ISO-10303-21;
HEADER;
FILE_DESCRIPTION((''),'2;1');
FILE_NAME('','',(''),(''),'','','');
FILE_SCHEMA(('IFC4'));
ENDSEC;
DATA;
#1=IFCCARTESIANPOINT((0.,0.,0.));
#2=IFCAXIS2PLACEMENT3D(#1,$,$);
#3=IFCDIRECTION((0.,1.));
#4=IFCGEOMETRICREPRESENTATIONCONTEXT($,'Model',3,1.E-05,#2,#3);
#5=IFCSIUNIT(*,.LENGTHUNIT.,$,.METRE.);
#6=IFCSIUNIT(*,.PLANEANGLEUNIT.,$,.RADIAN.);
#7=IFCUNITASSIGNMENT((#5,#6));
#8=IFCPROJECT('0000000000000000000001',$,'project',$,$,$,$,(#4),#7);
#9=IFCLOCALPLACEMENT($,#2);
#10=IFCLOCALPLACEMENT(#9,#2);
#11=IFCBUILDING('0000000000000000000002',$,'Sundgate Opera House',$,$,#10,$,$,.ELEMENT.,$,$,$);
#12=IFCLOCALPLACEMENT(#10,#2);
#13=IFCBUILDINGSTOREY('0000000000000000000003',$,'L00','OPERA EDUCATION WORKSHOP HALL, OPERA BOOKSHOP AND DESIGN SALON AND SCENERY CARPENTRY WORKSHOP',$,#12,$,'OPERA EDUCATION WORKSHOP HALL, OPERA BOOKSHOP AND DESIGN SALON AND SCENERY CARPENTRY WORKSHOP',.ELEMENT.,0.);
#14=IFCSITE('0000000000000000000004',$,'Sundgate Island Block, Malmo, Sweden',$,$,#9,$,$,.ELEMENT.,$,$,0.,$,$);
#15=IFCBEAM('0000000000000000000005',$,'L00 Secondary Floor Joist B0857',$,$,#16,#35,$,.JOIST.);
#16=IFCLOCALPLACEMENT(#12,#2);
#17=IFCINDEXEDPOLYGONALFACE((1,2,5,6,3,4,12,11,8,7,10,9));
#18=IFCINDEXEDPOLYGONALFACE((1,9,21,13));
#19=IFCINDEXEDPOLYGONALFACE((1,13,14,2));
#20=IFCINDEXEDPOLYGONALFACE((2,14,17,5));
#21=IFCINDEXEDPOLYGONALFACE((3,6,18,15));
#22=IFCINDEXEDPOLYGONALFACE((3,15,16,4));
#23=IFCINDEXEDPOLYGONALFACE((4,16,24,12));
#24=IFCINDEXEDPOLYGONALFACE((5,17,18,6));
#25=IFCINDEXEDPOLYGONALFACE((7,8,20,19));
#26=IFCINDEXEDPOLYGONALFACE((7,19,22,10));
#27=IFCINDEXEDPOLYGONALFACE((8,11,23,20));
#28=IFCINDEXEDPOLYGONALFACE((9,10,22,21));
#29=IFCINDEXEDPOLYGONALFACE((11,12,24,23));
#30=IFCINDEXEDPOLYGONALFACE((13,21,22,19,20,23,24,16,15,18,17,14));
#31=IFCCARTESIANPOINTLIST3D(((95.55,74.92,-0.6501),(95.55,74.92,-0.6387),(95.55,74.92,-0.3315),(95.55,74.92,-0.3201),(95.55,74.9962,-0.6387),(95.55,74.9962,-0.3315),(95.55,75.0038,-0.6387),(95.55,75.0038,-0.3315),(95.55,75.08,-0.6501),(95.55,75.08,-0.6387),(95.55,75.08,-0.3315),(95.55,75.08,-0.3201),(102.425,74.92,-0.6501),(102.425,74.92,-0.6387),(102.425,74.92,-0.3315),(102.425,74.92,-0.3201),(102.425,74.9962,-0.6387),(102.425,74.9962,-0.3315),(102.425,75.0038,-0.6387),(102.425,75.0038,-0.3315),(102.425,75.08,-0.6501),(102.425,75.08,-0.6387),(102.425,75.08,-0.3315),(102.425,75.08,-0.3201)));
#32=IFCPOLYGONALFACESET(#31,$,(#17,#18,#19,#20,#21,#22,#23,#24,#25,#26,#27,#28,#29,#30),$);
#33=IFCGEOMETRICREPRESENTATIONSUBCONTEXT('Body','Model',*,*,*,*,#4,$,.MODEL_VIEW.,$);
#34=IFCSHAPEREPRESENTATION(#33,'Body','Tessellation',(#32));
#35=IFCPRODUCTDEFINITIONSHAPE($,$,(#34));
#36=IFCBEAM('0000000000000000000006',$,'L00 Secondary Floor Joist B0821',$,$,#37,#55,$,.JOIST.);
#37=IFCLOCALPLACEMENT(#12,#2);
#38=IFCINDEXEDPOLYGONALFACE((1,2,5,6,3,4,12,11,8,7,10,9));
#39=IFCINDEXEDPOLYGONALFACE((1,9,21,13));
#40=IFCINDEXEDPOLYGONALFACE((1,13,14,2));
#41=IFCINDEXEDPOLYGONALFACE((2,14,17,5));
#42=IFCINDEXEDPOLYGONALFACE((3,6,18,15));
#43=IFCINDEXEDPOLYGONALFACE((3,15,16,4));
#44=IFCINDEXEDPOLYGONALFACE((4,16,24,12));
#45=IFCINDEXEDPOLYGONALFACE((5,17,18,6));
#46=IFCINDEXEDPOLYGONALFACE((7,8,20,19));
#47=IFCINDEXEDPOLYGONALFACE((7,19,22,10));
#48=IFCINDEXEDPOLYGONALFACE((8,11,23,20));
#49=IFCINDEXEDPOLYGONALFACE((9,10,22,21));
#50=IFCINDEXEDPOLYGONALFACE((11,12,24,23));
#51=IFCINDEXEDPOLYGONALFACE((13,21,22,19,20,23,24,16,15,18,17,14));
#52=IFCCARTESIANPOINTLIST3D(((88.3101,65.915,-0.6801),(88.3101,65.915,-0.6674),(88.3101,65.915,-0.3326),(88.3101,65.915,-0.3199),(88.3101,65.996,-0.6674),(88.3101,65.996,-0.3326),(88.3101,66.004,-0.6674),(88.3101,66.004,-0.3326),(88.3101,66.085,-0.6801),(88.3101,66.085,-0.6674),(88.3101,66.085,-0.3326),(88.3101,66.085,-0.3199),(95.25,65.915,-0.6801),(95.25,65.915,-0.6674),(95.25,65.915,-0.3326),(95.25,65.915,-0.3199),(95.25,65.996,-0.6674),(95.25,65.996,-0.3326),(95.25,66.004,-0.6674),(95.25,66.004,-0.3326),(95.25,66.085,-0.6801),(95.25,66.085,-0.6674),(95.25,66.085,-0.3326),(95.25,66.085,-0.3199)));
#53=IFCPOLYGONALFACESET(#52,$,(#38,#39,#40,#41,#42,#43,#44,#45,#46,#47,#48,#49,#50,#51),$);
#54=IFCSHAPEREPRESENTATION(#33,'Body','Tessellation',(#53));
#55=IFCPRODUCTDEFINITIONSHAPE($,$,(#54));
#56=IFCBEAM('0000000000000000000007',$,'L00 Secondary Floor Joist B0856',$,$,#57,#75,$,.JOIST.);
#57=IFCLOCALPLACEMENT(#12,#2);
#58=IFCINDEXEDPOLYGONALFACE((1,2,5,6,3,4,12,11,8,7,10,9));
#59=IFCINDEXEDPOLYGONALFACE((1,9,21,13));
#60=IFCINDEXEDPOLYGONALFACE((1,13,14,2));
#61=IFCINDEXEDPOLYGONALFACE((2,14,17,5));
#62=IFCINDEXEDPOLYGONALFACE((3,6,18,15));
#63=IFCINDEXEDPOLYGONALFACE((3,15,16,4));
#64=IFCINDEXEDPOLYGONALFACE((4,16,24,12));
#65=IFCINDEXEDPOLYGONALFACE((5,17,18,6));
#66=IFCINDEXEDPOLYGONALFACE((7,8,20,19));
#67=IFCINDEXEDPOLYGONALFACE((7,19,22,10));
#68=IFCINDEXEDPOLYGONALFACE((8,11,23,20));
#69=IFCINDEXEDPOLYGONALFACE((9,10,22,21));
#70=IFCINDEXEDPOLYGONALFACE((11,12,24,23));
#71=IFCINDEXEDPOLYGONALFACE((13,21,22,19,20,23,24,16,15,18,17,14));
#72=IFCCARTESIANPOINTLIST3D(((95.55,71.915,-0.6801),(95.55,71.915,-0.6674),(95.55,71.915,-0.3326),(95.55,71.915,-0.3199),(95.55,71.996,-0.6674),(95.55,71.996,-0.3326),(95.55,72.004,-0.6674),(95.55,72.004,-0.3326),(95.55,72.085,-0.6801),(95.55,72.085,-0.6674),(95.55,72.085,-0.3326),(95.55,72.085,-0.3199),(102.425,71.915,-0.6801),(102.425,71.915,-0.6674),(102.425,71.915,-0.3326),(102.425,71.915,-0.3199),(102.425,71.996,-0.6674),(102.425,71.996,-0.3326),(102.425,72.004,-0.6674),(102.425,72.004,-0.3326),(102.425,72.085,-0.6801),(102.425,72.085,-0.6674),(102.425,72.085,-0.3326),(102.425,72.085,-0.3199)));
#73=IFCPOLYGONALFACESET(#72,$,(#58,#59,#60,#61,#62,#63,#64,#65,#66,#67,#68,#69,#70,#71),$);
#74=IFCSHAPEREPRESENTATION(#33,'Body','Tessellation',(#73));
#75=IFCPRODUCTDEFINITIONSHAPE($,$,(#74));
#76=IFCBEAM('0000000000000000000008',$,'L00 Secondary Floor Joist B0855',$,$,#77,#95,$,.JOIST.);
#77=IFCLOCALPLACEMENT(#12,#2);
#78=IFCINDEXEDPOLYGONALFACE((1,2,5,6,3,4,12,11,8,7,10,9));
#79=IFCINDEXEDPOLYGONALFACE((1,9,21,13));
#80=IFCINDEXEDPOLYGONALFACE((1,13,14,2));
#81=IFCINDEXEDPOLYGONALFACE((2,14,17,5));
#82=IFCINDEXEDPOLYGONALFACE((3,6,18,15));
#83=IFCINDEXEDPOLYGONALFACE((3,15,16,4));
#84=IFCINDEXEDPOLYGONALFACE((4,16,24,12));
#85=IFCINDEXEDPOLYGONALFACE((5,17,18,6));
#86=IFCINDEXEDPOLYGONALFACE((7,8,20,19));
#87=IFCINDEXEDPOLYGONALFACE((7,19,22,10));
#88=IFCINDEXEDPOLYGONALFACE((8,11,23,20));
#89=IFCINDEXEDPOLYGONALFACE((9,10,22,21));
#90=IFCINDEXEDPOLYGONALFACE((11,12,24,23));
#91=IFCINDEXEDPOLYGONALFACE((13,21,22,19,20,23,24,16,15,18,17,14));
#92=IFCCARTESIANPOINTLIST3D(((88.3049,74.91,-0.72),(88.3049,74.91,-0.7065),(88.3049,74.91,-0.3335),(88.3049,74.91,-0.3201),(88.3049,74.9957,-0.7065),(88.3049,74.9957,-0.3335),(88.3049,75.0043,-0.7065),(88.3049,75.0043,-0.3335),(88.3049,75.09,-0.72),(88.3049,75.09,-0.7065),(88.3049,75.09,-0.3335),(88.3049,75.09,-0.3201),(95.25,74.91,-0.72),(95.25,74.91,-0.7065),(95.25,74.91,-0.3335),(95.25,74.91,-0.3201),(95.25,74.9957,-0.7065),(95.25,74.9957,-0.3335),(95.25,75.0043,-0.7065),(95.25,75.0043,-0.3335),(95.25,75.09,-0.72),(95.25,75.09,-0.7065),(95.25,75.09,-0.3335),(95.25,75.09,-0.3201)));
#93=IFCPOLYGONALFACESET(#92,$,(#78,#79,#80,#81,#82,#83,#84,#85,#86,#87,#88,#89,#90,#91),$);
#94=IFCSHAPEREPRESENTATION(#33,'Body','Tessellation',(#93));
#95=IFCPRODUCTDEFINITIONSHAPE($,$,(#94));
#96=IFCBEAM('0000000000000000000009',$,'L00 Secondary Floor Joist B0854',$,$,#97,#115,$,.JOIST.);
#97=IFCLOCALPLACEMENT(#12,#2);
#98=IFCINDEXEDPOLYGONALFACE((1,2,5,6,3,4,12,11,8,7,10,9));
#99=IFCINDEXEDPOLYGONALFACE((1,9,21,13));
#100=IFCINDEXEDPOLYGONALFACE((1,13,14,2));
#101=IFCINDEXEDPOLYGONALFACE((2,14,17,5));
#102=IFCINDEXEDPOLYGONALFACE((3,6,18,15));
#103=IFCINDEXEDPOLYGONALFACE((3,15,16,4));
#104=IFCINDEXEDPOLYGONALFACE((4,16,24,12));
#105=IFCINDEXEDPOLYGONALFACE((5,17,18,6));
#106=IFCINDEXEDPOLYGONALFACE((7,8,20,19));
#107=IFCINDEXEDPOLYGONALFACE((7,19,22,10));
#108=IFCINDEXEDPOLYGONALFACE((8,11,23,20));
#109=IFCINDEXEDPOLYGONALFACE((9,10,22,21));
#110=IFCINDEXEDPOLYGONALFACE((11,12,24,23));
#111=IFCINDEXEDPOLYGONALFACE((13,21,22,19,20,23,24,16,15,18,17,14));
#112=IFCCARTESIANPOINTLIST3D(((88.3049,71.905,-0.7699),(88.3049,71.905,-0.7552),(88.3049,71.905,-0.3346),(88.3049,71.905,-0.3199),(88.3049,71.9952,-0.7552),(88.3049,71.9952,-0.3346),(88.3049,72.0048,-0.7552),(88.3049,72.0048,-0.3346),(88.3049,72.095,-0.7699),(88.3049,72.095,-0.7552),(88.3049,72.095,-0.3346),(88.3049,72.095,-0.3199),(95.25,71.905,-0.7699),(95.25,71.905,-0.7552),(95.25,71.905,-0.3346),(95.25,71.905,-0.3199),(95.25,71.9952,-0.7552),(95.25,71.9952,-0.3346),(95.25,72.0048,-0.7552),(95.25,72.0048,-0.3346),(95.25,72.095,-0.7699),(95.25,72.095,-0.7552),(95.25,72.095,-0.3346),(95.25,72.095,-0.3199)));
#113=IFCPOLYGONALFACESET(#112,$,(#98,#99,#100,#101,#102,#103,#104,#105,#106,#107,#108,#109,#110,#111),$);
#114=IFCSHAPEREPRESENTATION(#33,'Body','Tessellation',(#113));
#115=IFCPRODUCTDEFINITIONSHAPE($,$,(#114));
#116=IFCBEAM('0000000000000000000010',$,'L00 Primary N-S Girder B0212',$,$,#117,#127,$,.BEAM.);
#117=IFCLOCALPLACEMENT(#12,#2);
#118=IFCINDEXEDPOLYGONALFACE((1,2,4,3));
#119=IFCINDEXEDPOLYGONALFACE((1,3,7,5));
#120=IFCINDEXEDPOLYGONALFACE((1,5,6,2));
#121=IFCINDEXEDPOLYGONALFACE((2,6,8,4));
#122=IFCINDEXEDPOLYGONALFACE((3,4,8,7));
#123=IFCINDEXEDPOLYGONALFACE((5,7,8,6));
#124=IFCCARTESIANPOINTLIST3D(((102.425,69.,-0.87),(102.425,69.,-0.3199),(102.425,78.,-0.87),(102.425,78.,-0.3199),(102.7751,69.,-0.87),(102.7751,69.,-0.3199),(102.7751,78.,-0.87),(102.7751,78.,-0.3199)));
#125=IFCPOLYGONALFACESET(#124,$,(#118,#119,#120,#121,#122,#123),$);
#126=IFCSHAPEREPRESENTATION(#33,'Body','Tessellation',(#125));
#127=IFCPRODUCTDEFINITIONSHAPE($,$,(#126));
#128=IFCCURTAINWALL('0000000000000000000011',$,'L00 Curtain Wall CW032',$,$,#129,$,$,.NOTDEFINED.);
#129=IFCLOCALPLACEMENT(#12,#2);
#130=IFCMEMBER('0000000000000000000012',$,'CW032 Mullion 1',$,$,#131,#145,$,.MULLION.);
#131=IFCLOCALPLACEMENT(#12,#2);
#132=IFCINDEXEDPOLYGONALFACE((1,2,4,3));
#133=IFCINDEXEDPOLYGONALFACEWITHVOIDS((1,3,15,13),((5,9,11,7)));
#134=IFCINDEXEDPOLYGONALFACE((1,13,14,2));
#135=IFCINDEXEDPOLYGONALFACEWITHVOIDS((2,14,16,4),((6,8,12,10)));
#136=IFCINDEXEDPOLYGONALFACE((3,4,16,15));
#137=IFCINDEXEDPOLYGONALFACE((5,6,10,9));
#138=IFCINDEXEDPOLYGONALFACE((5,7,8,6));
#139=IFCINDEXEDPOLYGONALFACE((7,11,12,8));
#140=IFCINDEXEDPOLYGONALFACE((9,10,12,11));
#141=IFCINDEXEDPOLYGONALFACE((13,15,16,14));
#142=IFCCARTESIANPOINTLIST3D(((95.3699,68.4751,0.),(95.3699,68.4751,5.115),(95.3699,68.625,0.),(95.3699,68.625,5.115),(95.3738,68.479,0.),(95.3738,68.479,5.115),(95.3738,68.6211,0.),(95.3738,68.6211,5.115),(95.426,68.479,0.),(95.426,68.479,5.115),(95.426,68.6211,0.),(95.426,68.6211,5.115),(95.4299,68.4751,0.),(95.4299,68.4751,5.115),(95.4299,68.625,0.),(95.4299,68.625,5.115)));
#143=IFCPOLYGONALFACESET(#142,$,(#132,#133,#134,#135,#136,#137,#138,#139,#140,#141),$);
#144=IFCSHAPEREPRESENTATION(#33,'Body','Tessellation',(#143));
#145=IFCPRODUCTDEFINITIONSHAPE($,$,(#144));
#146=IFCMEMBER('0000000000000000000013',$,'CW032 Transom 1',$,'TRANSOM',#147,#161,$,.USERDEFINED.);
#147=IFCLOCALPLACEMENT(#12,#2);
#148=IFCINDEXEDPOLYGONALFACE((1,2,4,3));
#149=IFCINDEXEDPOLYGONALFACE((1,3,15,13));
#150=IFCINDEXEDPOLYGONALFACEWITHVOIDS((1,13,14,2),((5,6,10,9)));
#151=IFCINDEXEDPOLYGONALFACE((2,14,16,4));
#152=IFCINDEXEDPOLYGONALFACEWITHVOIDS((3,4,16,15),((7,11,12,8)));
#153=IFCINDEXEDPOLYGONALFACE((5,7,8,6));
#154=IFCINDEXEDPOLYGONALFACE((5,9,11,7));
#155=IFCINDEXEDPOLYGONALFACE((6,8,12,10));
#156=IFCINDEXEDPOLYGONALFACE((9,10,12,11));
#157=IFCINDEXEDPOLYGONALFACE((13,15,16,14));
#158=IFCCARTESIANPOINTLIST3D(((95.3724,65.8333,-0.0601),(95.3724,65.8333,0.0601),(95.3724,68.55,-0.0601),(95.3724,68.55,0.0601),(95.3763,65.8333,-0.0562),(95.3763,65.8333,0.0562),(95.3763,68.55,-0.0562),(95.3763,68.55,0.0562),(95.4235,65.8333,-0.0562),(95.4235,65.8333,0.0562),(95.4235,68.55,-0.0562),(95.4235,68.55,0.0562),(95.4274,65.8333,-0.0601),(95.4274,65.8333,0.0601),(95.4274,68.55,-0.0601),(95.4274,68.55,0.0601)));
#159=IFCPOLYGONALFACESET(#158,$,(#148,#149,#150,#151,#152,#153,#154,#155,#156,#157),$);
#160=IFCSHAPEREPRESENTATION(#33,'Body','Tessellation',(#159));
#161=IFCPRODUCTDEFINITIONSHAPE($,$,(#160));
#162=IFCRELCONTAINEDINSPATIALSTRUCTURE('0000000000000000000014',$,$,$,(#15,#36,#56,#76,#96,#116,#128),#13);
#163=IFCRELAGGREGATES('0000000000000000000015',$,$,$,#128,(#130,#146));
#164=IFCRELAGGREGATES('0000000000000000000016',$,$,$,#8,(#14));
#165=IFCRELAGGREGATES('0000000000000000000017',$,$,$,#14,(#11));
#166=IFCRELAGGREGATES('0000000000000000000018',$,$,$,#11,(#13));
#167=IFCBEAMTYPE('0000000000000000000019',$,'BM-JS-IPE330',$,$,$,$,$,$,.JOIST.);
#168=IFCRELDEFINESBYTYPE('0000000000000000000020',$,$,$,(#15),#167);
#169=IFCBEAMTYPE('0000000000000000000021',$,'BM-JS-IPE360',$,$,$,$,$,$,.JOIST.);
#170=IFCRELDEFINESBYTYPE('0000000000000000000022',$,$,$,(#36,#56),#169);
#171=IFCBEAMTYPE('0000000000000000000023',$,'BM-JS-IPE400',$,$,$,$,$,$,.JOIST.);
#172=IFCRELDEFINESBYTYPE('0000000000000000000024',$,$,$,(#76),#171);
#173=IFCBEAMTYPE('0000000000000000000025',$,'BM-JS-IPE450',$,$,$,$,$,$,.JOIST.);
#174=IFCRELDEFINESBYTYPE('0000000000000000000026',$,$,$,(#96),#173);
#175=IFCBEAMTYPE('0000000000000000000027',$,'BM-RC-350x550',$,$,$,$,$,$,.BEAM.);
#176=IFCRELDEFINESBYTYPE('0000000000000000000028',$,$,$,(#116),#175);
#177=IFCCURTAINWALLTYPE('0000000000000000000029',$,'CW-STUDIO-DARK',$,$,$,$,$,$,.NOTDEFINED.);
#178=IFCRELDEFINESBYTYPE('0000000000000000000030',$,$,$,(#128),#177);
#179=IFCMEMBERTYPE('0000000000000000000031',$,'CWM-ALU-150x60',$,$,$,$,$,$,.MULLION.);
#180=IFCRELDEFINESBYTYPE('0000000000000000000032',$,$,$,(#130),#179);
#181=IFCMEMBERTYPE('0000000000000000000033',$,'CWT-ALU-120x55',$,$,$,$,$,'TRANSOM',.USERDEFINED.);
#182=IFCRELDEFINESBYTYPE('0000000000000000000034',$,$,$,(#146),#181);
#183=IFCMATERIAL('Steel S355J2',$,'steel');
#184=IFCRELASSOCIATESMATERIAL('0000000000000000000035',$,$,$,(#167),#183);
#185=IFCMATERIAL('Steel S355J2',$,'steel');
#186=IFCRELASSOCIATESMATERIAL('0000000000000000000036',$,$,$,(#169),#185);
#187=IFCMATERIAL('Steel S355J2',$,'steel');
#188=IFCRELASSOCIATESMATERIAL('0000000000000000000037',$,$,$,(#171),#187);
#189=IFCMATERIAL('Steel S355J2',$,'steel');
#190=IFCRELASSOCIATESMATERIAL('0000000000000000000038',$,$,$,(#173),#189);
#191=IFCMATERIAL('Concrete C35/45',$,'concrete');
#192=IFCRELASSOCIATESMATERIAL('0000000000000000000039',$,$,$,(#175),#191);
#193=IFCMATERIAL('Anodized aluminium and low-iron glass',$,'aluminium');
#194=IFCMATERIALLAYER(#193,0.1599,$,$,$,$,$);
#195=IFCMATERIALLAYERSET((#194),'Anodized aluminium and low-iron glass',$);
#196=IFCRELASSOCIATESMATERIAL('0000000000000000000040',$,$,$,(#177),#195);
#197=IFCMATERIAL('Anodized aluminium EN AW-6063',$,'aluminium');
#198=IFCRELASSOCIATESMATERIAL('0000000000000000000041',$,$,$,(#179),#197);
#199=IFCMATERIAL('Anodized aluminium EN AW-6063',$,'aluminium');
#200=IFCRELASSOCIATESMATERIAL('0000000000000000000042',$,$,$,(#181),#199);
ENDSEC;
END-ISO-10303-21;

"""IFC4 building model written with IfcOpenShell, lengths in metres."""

from ifc_helpers import new_model, si_unit, direction, frame, origin, origin_2d, place, context, subcontext, project, spatial, rectangle, hollow_rectangle, i_section, extrude, material, layer, layer_set, material_profile, profile_set, type_object, element, aggregate, save


model = new_model("IFC4")

# Units and contexts
model_context = context("Model", 3, precision=1e-05, world=origin(), true_north=direction((0.0, 1.0)))
body_context = subcontext(model_context, "Body", "Model", "MODEL_VIEW")
ifc_project = project(units=[si_unit("LENGTHUNIT", "METRE"), si_unit("PLANEANGLEUNIT", "RADIAN")], contexts=[model_context])

# Site, building, storey
site_placement = place(None, origin())
site = spatial("IfcSite", under=ifc_project, at=site_placement, Name="Sundgate Island Block, Malmo, Sweden", CompositionType="ELEMENT", RefElevation=0.0)
building_placement = place(site_placement, origin())
building = spatial("IfcBuilding", under=site, at=building_placement, Name="Sundgate Opera House", CompositionType="ELEMENT")
storey_placement = place(building_placement, origin())
storey = spatial("IfcBuildingStorey", under=building, at=storey_placement, Name="L00", Description="OPERA EDUCATION WORKSHOP HALL, OPERA BOOKSHOP AND DESIGN SALON AND SCENERY CARPENTRY WORKSHOP", LongName="OPERA EDUCATION WORKSHOP HALL, OPERA BOOKSHOP AND DESIGN SALON AND SCENERY CARPENTRY WORKSHOP", CompositionType="ELEMENT", Elevation=0.0)

# Beams
ifc_material_1 = material(Name="Steel S355J2", Category="steel")
ifc_material_profile_1 = material_profile(ifc_material_1, i_section(OverallWidth=0.1599, OverallDepth=0.3301, WebThickness=0.0076, FlangeThickness=0.0115, at=origin_2d()), Name="IPE 330")
ifc_profile_set_1 = profile_set([ifc_material_profile_1], Name="Steel S355J2")
beam_type_1 = type_object("IfcBeamType", Name="BM-JS-IPE330", PredefinedType="JOIST", material=ifc_profile_set_1)
beam_1_placement = place(storey_placement, frame((95.55, 75.0, -0.4851), z_axis=(1.0, 0.0, 0.0), x_axis=(0.0, 1.0, 0.0)))
element("IfcBeam", 1, at=beam_1_placement, inside=storey, type_object=beam_type_1, Name="L00 Secondary Floor Joist B0857", PredefinedType="JOIST", context=body_context, shape_type="SweptSolid", body=[
    extrude(i_section(OverallWidth=0.1599, OverallDepth=0.3301, WebThickness=0.0076, FlangeThickness=0.0115, at=origin_2d()), origin(), (0.0, 0.0, 1.0), 6.875),
])
ifc_material_2 = material(Name="Steel S355J2", Category="steel")
ifc_material_profile_2 = material_profile(ifc_material_2, i_section(OverallWidth=0.1699, OverallDepth=0.3601, WebThickness=0.0081, FlangeThickness=0.0127, at=origin_2d()), Name="IPE 360")
ifc_profile_set_2 = profile_set([ifc_material_profile_2], Name="Steel S355J2")
beam_type_2 = type_object("IfcBeamType", Name="BM-JS-IPE360", PredefinedType="JOIST", material=ifc_profile_set_2)
beam_2_placement = place(storey_placement, frame((88.3101, 66.0, -0.5), z_axis=(1.0, 0.0, 0.0), x_axis=(0.0, 1.0, 0.0)))
element("IfcBeam", 2, at=beam_2_placement, inside=storey, type_object=beam_type_2, Name="L00 Secondary Floor Joist B0821", PredefinedType="JOIST", context=body_context, shape_type="SweptSolid", body=[
    extrude(i_section(OverallWidth=0.1699, OverallDepth=0.3601, WebThickness=0.0081, FlangeThickness=0.0127, at=origin_2d()), origin(), (0.0, 0.0, 1.0), 6.9399),
])
beam_3_placement = place(storey_placement, frame((95.55, 72.0, -0.5), z_axis=(1.0, 0.0, 0.0), x_axis=(0.0, 1.0, 0.0)))
element("IfcBeam", 3, at=beam_3_placement, inside=storey, type_object=beam_type_2, Name="L00 Secondary Floor Joist B0856", PredefinedType="JOIST", context=body_context, shape_type="SweptSolid", body=[
    extrude(i_section(OverallWidth=0.1699, OverallDepth=0.3601, WebThickness=0.0081, FlangeThickness=0.0127, at=origin_2d()), origin(), (0.0, 0.0, 1.0), 6.875),
])
ifc_material_3 = material(Name="Steel S355J2", Category="steel")
ifc_material_profile_3 = material_profile(ifc_material_3, i_section(OverallWidth=0.1799, OverallDepth=0.3999, WebThickness=0.0085, FlangeThickness=0.0134, at=origin_2d()), Name="IPE 400")
ifc_profile_set_3 = profile_set([ifc_material_profile_3], Name="Steel S355J2")
beam_type_3 = type_object("IfcBeamType", Name="BM-JS-IPE400", PredefinedType="JOIST", material=ifc_profile_set_3)
beam_4_placement = place(storey_placement, frame((88.3049, 75.0, -0.52), z_axis=(1.0, 0.0, 0.0), x_axis=(0.0, 1.0, 0.0)))
element("IfcBeam", 4, at=beam_4_placement, inside=storey, type_object=beam_type_3, Name="L00 Secondary Floor Joist B0855", PredefinedType="JOIST", context=body_context, shape_type="SweptSolid", body=[
    extrude(i_section(OverallWidth=0.1799, OverallDepth=0.3999, WebThickness=0.0085, FlangeThickness=0.0134, at=origin_2d()), origin(), (0.0, 0.0, 1.0), 6.9451),
])
ifc_material_4 = material(Name="Steel S355J2", Category="steel")
ifc_material_profile_4 = material_profile(ifc_material_4, i_section(OverallWidth=0.1899, OverallDepth=0.45, WebThickness=0.0095, FlangeThickness=0.0146, at=origin_2d()), Name="IPE 450")
ifc_profile_set_4 = profile_set([ifc_material_profile_4], Name="Steel S355J2")
beam_type_4 = type_object("IfcBeamType", Name="BM-JS-IPE450", PredefinedType="JOIST", material=ifc_profile_set_4)
beam_5_placement = place(storey_placement, frame((88.3049, 72.0, -0.5449), z_axis=(1.0, 0.0, 0.0), x_axis=(0.0, 1.0, 0.0)))
element("IfcBeam", 5, at=beam_5_placement, inside=storey, type_object=beam_type_4, Name="L00 Secondary Floor Joist B0854", PredefinedType="JOIST", context=body_context, shape_type="SweptSolid", body=[
    extrude(i_section(OverallWidth=0.1899, OverallDepth=0.45, WebThickness=0.0095, FlangeThickness=0.0146, at=origin_2d()), origin(), (0.0, 0.0, 1.0), 6.9451),
])
ifc_material_5 = material(Name="Concrete C35/45", Category="concrete")
ifc_material_profile_5 = material_profile(ifc_material_5, rectangle(XDim=0.3501, YDim=0.55, at=origin_2d()), Name="RC 350x550")
ifc_profile_set_5 = profile_set([ifc_material_profile_5], Name="Concrete C35/45")
beam_type_5 = type_object("IfcBeamType", Name="BM-RC-350x550", PredefinedType="BEAM", material=ifc_profile_set_5)
beam_6_placement = place(storey_placement, frame((102.6001, 69.0, -0.595), z_axis=(0.0, 1.0, 0.0), x_axis=(-1.0, 0.0, 0.0)))
element("IfcBeam", 6, at=beam_6_placement, inside=storey, type_object=beam_type_5, Name="L00 Primary N-S Girder B0212", PredefinedType="BEAM", context=body_context, shape_type="SweptSolid", body=[
    extrude(rectangle(XDim=0.3501, YDim=0.55, at=origin_2d()), origin(), (0.0, 0.0, 1.0), 9.0),
])

# Curtain wall, members
ifc_material_6 = material(Name="Anodized aluminium and low-iron glass", Category="aluminium")
ifc_layer_1 = layer(ifc_material_6, 0.1599)
ifc_layer_set_1 = layer_set([ifc_layer_1], Name="Anodized aluminium and low-iron glass")
curtain_wall_type = type_object("IfcCurtainWallType", Name="CW-STUDIO-DARK", PredefinedType="NOTDEFINED", material=ifc_layer_set_1)
curtain_wall_placement = place(storey_placement, origin())
curtain_wall = element("IfcCurtainWall", 7, at=curtain_wall_placement, inside=storey, type_object=curtain_wall_type, Name="L00 Curtain Wall CW032", PredefinedType="NOTDEFINED")
ifc_material_7 = material(Name="Anodized aluminium EN AW-6063", Category="aluminium")
ifc_material_profile_6 = material_profile(ifc_material_7, hollow_rectangle(XDim=0.0601, YDim=0.1499, WallThickness=0.0039, at=origin_2d()), Name="CWM 150x60x4")
ifc_profile_set_6 = profile_set([ifc_material_profile_6], Name="Anodized aluminium EN AW-6063")
member_type_1 = type_object("IfcMemberType", Name="CWM-ALU-150x60", PredefinedType="MULLION", material=ifc_profile_set_6)
member_1_placement = place(storey_placement, frame((95.3999, 68.55, 0.0), z_axis=(0.0, 0.0, 1.0), x_axis=(1.0, 0.0, 0.0)))
member_1 = element("IfcMember", 8, at=member_1_placement, type_object=member_type_1, Name="CW032 Mullion 1", PredefinedType="MULLION", context=body_context, shape_type="SweptSolid", body=[
    extrude(hollow_rectangle(XDim=0.0601, YDim=0.1499, WallThickness=0.0039, at=origin_2d()), origin(), (0.0, 0.0, 1.0), 5.115),
])
ifc_material_8 = material(Name="Anodized aluminium EN AW-6063", Category="aluminium")
ifc_material_profile_7 = material_profile(ifc_material_8, hollow_rectangle(XDim=0.0549, YDim=0.1201, WallThickness=0.0039, at=origin_2d()), Name="CWT 120x55x4")
ifc_profile_set_7 = profile_set([ifc_material_profile_7], Name="Anodized aluminium EN AW-6063")
member_type_2 = type_object("IfcMemberType", Name="CWT-ALU-120x55", ElementType="TRANSOM", PredefinedType="USERDEFINED", material=ifc_profile_set_7)
member_2_placement = place(storey_placement, frame((95.3999, 68.55, 0.0), z_axis=(0.0, -1.0, 0.0), x_axis=(1.0, 0.0, 0.0)))
member_2 = element("IfcMember", 9, at=member_2_placement, type_object=member_type_2, Name="CW032 Transom 1", ObjectType="TRANSOM", PredefinedType="USERDEFINED", context=body_context, shape_type="SweptSolid", body=[
    extrude(hollow_rectangle(XDim=0.0549, YDim=0.1201, WallThickness=0.0039, at=origin_2d()), origin(), (0.0, 0.0, 1.0), 2.7168),
])
aggregate(curtain_wall, [member_1, member_2])

save(model, "model.ifc")
